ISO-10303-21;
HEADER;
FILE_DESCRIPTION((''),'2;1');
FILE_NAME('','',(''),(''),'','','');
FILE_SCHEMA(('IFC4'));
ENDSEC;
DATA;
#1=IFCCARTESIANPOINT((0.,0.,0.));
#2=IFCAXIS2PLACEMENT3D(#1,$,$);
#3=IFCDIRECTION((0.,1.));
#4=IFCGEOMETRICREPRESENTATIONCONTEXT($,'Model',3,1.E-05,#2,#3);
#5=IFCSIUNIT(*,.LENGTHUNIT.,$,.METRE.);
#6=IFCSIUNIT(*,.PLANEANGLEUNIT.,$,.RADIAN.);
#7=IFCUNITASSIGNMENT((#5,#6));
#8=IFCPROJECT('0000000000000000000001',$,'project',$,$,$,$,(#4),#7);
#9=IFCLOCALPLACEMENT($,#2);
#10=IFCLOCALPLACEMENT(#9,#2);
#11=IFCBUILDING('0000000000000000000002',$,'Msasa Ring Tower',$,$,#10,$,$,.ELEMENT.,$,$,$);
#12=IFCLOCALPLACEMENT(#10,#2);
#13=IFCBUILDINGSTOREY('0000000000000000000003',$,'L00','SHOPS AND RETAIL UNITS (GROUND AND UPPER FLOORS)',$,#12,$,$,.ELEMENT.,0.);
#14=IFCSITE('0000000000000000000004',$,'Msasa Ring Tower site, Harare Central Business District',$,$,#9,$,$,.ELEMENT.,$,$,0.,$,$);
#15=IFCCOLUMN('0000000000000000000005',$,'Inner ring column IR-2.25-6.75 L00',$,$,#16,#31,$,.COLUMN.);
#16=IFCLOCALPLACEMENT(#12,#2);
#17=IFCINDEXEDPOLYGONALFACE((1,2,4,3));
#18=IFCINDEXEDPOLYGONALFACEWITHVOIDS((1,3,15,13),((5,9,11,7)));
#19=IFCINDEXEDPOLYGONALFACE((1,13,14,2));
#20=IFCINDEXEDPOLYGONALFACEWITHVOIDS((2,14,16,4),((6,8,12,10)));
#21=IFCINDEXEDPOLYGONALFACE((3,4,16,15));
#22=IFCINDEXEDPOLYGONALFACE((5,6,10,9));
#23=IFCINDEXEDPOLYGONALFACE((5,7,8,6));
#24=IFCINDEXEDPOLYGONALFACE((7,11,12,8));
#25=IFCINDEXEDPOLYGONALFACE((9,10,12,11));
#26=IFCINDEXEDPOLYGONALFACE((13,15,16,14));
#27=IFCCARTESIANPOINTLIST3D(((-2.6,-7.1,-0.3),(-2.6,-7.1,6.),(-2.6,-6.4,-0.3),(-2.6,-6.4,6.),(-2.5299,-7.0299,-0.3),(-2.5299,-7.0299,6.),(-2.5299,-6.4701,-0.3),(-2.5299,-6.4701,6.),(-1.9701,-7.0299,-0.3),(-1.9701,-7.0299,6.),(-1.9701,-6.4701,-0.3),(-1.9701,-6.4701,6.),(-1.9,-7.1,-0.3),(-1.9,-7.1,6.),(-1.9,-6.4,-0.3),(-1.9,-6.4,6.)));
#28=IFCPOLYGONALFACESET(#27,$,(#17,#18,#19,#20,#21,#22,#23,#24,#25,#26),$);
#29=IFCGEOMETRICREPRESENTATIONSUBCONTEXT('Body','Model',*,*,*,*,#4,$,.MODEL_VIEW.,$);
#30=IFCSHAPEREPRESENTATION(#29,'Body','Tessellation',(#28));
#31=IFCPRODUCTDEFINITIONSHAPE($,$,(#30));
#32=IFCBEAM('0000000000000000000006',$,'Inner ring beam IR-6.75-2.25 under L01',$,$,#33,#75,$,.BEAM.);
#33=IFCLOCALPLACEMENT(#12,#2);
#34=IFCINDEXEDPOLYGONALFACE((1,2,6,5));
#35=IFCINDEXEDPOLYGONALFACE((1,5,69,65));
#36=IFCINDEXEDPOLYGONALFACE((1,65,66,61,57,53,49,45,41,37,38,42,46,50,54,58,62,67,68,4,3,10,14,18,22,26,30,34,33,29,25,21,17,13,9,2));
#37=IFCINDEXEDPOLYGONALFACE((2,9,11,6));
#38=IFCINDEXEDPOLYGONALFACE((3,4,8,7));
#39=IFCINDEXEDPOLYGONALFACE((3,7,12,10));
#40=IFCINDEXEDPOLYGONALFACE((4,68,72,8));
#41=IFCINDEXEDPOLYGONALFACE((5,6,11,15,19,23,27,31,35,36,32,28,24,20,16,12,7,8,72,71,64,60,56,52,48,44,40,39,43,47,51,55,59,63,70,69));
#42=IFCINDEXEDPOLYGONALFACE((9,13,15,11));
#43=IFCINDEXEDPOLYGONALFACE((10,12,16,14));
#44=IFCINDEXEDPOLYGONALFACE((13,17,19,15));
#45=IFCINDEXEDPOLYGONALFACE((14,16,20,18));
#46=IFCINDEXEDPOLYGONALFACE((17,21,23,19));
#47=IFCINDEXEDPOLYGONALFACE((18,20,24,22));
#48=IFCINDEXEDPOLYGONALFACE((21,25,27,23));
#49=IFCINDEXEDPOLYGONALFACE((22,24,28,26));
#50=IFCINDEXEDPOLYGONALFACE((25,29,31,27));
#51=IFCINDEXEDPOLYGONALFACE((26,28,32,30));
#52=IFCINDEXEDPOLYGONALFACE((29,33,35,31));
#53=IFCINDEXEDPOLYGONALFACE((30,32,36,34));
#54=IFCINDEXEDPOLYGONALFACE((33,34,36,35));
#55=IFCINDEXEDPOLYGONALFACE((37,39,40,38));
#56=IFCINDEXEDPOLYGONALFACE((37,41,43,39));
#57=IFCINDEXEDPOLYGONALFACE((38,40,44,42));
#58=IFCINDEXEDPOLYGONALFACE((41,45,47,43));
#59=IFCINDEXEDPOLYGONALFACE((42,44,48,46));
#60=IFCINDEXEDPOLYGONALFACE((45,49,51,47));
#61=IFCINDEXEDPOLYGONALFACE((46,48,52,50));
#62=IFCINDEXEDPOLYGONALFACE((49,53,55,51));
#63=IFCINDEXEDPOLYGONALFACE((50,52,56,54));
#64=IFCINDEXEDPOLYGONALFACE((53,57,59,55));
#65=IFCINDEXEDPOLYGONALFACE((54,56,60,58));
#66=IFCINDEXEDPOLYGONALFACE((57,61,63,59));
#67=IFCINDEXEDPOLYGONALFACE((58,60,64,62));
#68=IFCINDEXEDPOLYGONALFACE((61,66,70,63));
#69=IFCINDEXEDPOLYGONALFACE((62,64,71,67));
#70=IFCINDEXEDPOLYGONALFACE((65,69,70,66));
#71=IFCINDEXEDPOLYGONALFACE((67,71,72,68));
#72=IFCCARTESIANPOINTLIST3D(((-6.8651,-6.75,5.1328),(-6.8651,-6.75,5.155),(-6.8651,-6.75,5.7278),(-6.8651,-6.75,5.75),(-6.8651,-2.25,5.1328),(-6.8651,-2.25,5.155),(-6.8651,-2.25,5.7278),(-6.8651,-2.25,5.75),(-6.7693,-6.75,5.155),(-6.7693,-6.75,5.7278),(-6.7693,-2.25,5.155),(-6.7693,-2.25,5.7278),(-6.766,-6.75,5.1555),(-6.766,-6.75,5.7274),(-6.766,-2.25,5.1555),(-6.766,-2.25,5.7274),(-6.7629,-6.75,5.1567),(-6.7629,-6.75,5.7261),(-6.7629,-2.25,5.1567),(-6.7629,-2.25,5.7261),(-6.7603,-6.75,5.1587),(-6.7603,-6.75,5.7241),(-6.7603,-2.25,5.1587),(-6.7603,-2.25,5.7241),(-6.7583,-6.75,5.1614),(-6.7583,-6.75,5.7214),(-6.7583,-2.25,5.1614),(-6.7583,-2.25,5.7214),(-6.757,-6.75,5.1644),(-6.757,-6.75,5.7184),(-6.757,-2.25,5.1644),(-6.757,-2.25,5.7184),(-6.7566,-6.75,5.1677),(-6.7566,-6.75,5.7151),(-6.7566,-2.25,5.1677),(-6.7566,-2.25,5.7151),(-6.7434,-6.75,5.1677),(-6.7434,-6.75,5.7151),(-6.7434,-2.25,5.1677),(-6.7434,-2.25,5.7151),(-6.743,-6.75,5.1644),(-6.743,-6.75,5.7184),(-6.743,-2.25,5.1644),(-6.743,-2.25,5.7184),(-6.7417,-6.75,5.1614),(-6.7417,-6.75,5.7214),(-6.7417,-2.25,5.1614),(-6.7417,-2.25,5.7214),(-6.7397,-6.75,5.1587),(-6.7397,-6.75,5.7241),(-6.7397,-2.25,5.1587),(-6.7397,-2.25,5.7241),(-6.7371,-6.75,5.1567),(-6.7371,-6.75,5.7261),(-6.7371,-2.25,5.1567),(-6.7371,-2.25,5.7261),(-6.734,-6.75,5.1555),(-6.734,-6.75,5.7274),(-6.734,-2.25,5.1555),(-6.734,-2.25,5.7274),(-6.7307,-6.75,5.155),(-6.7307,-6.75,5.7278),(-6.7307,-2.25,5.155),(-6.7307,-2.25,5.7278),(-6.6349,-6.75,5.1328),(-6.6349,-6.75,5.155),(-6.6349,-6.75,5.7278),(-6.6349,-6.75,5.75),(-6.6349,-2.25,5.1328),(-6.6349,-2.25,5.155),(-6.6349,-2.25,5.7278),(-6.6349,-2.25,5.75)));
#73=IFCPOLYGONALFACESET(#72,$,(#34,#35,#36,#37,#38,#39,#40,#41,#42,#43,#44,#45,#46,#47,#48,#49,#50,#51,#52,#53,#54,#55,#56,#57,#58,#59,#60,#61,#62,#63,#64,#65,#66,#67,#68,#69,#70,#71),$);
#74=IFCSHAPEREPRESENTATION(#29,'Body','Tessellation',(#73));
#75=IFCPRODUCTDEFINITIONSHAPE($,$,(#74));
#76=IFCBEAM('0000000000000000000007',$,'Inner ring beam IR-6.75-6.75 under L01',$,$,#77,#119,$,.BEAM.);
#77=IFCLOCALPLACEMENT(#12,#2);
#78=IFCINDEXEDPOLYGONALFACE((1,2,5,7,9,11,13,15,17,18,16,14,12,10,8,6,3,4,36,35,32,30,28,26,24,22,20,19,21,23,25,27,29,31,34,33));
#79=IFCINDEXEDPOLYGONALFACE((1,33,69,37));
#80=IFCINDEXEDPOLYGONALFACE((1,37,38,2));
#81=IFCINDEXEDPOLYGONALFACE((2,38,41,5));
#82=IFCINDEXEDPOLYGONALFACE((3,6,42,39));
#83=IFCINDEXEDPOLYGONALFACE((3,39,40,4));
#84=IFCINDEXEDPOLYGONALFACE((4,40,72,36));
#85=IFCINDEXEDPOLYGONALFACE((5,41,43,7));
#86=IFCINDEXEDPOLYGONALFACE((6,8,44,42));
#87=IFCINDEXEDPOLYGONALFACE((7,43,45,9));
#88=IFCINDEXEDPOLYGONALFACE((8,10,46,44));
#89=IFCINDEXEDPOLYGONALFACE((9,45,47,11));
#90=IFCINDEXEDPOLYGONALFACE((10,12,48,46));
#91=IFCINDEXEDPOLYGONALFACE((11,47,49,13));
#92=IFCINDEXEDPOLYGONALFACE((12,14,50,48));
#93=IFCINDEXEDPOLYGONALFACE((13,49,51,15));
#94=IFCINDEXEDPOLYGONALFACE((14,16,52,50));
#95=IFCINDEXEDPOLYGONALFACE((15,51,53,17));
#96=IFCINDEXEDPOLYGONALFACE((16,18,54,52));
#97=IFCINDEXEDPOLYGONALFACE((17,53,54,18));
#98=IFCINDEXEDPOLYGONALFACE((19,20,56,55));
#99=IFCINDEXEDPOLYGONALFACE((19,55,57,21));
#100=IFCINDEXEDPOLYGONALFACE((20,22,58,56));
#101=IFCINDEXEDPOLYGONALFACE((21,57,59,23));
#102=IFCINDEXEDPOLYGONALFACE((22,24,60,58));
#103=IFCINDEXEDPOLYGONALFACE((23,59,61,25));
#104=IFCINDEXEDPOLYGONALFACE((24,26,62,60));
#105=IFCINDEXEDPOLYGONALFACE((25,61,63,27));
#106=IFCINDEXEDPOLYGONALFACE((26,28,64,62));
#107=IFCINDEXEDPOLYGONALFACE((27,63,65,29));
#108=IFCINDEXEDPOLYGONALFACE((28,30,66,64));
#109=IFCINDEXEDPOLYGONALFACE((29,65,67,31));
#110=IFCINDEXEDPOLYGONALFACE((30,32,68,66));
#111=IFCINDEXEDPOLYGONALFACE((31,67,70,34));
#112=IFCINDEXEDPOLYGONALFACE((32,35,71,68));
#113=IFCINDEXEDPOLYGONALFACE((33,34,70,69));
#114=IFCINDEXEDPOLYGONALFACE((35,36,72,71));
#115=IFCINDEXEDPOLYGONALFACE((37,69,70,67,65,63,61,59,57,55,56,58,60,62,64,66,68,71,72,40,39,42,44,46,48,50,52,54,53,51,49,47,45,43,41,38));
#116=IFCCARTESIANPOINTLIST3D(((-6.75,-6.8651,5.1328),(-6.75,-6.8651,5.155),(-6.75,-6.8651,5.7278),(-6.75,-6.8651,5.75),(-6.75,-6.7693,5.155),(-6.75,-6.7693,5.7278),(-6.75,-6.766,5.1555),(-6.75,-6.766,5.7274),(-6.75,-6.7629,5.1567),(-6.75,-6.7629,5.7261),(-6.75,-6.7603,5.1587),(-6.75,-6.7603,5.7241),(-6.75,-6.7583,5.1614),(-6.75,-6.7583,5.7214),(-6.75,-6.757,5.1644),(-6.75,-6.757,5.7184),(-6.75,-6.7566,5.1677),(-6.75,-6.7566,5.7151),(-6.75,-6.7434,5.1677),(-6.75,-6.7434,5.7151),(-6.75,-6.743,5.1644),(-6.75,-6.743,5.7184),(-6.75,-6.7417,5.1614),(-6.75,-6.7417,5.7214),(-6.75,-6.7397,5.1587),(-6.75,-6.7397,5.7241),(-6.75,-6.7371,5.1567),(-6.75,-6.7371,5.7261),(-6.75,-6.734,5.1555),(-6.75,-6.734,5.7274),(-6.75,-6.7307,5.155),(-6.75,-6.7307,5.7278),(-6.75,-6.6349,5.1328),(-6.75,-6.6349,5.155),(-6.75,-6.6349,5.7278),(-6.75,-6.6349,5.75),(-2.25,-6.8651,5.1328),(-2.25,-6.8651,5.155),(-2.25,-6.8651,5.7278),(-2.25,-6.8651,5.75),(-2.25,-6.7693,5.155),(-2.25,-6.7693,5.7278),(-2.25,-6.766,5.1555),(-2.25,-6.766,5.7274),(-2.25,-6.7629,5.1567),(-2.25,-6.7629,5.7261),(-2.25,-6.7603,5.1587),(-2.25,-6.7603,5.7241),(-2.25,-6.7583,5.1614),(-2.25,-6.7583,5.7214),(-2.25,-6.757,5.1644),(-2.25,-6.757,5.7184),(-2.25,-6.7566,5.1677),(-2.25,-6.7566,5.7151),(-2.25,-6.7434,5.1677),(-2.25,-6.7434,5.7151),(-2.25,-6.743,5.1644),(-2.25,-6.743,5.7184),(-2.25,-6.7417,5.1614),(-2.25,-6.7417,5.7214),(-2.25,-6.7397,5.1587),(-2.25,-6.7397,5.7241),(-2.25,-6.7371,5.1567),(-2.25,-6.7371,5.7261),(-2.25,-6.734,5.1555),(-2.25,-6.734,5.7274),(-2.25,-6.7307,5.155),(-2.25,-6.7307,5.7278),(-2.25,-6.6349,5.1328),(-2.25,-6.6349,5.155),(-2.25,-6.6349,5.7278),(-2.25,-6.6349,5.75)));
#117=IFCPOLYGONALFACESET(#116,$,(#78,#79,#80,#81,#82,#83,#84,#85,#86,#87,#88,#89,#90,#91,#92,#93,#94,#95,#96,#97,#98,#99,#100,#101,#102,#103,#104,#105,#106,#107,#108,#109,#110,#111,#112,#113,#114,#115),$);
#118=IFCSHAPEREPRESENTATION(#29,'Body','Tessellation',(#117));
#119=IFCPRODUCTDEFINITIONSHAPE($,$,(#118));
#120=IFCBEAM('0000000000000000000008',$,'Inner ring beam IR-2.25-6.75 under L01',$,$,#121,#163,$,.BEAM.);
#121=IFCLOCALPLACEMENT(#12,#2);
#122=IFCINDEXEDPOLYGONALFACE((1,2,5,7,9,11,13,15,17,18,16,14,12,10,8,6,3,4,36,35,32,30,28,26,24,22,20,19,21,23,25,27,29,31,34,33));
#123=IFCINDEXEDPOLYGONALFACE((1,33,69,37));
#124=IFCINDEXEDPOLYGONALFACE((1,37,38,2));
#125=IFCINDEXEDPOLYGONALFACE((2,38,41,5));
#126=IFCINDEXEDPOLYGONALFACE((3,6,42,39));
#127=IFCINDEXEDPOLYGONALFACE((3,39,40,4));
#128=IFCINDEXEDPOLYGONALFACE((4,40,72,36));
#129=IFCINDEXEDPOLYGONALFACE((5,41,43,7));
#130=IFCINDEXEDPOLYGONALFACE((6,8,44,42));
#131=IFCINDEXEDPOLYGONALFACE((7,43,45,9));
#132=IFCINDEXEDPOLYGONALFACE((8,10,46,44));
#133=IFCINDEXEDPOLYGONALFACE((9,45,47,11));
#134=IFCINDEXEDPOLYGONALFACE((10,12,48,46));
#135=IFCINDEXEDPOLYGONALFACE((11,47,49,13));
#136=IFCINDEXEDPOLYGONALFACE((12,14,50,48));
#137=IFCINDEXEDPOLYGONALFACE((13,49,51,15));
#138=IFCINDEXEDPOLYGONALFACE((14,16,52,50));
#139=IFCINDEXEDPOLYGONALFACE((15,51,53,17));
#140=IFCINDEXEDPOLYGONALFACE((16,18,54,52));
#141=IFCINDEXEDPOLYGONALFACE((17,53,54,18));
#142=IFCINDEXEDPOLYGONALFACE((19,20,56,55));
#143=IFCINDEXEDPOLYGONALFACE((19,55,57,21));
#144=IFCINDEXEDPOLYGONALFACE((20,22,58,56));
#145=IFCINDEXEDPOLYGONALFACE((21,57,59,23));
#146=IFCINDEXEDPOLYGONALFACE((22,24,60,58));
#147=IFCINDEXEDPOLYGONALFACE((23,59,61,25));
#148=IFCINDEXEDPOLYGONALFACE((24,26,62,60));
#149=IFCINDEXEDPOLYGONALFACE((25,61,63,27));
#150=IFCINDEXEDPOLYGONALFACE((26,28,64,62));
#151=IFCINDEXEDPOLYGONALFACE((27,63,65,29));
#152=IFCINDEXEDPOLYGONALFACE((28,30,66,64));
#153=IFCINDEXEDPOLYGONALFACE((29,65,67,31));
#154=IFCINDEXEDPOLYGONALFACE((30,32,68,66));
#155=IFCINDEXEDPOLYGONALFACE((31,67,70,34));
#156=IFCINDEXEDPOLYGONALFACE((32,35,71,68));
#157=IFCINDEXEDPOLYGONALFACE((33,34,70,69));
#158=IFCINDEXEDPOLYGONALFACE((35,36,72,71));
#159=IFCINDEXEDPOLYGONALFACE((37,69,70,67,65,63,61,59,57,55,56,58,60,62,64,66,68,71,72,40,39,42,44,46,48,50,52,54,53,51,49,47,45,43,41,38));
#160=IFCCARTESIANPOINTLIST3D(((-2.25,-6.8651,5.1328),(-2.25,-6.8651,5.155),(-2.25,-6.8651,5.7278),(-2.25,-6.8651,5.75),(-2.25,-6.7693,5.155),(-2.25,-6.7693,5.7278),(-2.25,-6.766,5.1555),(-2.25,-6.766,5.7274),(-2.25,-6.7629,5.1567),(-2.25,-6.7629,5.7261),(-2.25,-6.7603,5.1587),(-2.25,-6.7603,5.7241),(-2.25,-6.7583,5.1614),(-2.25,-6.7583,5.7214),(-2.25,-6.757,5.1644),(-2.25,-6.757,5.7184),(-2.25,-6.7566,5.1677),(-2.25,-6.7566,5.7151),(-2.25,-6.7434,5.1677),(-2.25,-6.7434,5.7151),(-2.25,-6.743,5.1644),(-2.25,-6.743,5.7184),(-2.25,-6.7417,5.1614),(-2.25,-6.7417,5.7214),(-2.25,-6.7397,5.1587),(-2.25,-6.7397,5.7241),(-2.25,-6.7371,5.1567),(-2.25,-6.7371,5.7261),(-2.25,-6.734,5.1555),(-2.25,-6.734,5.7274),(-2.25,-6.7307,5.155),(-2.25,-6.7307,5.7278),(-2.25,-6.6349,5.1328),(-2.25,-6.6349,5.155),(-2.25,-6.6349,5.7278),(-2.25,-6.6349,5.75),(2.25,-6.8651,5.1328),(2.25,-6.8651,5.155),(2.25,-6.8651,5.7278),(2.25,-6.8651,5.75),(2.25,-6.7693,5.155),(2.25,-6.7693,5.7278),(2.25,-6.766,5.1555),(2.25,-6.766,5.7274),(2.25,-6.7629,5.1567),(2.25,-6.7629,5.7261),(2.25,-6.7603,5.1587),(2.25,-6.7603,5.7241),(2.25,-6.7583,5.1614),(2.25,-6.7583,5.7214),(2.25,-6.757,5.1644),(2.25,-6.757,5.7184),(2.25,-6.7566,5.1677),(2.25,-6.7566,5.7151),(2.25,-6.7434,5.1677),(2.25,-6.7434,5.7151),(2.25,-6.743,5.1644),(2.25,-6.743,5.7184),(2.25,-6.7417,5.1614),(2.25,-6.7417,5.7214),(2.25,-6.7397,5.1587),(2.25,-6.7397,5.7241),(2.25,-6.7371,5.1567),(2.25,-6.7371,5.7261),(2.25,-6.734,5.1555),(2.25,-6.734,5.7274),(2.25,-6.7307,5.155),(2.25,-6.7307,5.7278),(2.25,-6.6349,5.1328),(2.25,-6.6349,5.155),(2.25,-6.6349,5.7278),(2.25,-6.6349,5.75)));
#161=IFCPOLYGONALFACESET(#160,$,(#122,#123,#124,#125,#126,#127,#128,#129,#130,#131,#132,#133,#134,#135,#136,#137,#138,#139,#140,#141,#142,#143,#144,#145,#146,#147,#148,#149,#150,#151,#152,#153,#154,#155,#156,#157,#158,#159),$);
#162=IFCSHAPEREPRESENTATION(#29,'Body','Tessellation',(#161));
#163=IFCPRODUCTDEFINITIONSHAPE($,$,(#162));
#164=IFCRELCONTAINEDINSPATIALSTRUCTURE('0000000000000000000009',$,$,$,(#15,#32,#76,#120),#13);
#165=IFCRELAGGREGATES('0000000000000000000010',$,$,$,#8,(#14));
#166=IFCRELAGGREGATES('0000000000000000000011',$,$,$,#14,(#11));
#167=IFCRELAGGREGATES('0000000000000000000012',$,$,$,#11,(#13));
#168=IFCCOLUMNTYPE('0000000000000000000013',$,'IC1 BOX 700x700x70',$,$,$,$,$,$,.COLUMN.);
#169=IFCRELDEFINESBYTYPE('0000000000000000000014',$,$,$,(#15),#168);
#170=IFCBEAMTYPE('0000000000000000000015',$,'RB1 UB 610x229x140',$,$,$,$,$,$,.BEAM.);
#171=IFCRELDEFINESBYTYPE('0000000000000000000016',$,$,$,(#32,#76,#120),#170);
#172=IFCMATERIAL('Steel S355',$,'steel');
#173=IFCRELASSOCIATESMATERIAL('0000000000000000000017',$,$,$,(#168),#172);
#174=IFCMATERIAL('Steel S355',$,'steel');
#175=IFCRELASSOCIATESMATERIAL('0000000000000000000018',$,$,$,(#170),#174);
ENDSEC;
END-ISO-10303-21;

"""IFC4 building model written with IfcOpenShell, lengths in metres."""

from ifc_helpers import new_model, si_unit, direction, frame, origin, origin_2d, place, context, subcontext, project, spatial, hollow_rectangle, i_section, extrude, material, material_profile, profile_set, type_object, element, save


model = new_model("IFC4")

# Units and contexts
model_context = context("Model", 3, precision=1e-05, world=origin(), true_north=direction((0.0, 1.0)))
body_context = subcontext(model_context, "Body", "Model", "MODEL_VIEW")
ifc_project = project(units=[si_unit("LENGTHUNIT", "METRE"), si_unit("PLANEANGLEUNIT", "RADIAN")], contexts=[model_context])

# Site, building, storey
site_placement = place(None, origin())
site = spatial("IfcSite", under=ifc_project, at=site_placement, Name="Msasa Ring Tower site, Harare Central Business District", CompositionType="ELEMENT", RefElevation=0.0)
building_placement = place(site_placement, origin())
building = spatial("IfcBuilding", under=site, at=building_placement, Name="Msasa Ring Tower", CompositionType="ELEMENT")
storey_placement = place(building_placement, origin())
storey = spatial("IfcBuildingStorey", under=building, at=storey_placement, Name="L00", Description="SHOPS AND RETAIL UNITS (GROUND AND UPPER FLOORS)", CompositionType="ELEMENT", Elevation=0.0)

# Column
ifc_material_1 = material(Name="Steel S355", Category="steel")
ifc_material_profile_1 = material_profile(ifc_material_1, hollow_rectangle(XDim=0.7, YDim=0.7, WallThickness=0.0701, at=origin_2d()), Name="BOX 700x700x70")
ifc_profile_set_1 = profile_set([ifc_material_profile_1], Name="Steel S355")
column_type = type_object("IfcColumnType", Name="IC1 BOX 700x700x70", PredefinedType="COLUMN", material=ifc_profile_set_1)
for number, where, z_axis, x_axis, name in (
    (1, (-2.25, -6.75, -0.3), (0.0, 0.0, 1.0), (1.0, 0.0, 0.0), "Inner ring column IR-2.25-6.75 L00"),
):
    element("IfcColumn", number, at=place(storey_placement, frame(where, z_axis=z_axis, x_axis=x_axis)), inside=storey, type_object=column_type, Name=name, PredefinedType="COLUMN", context=body_context, shape_type="SweptSolid", body=[
        extrude(hollow_rectangle(XDim=0.7, YDim=0.7, WallThickness=0.0701, at=origin_2d()), origin(), (0.0, 0.0, 1.0), 6.3),
    ])

# Beams
ifc_material_2 = material(Name="Steel S355", Category="steel")
ifc_material_profile_2 = material_profile(ifc_material_2, i_section(OverallWidth=0.2302, OverallDepth=0.6172, WebThickness=0.0132, FlangeThickness=0.0222, FilletRadius=0.0127, at=origin_2d()), Name="UB 610x229x140")
ifc_profile_set_2 = profile_set([ifc_material_profile_2], Name="Steel S355")
beam_type_1 = type_object("IfcBeamType", Name="RB1 UB 610x229x140", PredefinedType="BEAM", material=ifc_profile_set_2)
for number, where, z_axis, x_axis, name in (
    (2, (-6.75, -2.25, 5.4414), (0.0, -1.0, 0.0), (1.0, 0.0, 0.0), "Inner ring beam IR-6.75-2.25 under L01"),
    (3, (-6.75, -6.75, 5.4414), (1.0, 0.0, 0.0), (0.0, 1.0, 0.0), "Inner ring beam IR-6.75-6.75 under L01"),
    (4, (-2.25, -6.75, 5.4414), (1.0, 0.0, 0.0), (0.0, 1.0, 0.0), "Inner ring beam IR-2.25-6.75 under L01"),
):
    element("IfcBeam", number, at=place(storey_placement, frame(where, z_axis=z_axis, x_axis=x_axis)), inside=storey, type_object=beam_type_1, Name=name, PredefinedType="BEAM", context=body_context, shape_type="SweptSolid", body=[
        extrude(i_section(OverallWidth=0.2302, OverallDepth=0.6172, WebThickness=0.0132, FlangeThickness=0.0222, FilletRadius=0.0127, at=origin_2d()), origin(), (0.0, 0.0, 1.0), 4.5),
    ])

save(model, "model.ifc")
